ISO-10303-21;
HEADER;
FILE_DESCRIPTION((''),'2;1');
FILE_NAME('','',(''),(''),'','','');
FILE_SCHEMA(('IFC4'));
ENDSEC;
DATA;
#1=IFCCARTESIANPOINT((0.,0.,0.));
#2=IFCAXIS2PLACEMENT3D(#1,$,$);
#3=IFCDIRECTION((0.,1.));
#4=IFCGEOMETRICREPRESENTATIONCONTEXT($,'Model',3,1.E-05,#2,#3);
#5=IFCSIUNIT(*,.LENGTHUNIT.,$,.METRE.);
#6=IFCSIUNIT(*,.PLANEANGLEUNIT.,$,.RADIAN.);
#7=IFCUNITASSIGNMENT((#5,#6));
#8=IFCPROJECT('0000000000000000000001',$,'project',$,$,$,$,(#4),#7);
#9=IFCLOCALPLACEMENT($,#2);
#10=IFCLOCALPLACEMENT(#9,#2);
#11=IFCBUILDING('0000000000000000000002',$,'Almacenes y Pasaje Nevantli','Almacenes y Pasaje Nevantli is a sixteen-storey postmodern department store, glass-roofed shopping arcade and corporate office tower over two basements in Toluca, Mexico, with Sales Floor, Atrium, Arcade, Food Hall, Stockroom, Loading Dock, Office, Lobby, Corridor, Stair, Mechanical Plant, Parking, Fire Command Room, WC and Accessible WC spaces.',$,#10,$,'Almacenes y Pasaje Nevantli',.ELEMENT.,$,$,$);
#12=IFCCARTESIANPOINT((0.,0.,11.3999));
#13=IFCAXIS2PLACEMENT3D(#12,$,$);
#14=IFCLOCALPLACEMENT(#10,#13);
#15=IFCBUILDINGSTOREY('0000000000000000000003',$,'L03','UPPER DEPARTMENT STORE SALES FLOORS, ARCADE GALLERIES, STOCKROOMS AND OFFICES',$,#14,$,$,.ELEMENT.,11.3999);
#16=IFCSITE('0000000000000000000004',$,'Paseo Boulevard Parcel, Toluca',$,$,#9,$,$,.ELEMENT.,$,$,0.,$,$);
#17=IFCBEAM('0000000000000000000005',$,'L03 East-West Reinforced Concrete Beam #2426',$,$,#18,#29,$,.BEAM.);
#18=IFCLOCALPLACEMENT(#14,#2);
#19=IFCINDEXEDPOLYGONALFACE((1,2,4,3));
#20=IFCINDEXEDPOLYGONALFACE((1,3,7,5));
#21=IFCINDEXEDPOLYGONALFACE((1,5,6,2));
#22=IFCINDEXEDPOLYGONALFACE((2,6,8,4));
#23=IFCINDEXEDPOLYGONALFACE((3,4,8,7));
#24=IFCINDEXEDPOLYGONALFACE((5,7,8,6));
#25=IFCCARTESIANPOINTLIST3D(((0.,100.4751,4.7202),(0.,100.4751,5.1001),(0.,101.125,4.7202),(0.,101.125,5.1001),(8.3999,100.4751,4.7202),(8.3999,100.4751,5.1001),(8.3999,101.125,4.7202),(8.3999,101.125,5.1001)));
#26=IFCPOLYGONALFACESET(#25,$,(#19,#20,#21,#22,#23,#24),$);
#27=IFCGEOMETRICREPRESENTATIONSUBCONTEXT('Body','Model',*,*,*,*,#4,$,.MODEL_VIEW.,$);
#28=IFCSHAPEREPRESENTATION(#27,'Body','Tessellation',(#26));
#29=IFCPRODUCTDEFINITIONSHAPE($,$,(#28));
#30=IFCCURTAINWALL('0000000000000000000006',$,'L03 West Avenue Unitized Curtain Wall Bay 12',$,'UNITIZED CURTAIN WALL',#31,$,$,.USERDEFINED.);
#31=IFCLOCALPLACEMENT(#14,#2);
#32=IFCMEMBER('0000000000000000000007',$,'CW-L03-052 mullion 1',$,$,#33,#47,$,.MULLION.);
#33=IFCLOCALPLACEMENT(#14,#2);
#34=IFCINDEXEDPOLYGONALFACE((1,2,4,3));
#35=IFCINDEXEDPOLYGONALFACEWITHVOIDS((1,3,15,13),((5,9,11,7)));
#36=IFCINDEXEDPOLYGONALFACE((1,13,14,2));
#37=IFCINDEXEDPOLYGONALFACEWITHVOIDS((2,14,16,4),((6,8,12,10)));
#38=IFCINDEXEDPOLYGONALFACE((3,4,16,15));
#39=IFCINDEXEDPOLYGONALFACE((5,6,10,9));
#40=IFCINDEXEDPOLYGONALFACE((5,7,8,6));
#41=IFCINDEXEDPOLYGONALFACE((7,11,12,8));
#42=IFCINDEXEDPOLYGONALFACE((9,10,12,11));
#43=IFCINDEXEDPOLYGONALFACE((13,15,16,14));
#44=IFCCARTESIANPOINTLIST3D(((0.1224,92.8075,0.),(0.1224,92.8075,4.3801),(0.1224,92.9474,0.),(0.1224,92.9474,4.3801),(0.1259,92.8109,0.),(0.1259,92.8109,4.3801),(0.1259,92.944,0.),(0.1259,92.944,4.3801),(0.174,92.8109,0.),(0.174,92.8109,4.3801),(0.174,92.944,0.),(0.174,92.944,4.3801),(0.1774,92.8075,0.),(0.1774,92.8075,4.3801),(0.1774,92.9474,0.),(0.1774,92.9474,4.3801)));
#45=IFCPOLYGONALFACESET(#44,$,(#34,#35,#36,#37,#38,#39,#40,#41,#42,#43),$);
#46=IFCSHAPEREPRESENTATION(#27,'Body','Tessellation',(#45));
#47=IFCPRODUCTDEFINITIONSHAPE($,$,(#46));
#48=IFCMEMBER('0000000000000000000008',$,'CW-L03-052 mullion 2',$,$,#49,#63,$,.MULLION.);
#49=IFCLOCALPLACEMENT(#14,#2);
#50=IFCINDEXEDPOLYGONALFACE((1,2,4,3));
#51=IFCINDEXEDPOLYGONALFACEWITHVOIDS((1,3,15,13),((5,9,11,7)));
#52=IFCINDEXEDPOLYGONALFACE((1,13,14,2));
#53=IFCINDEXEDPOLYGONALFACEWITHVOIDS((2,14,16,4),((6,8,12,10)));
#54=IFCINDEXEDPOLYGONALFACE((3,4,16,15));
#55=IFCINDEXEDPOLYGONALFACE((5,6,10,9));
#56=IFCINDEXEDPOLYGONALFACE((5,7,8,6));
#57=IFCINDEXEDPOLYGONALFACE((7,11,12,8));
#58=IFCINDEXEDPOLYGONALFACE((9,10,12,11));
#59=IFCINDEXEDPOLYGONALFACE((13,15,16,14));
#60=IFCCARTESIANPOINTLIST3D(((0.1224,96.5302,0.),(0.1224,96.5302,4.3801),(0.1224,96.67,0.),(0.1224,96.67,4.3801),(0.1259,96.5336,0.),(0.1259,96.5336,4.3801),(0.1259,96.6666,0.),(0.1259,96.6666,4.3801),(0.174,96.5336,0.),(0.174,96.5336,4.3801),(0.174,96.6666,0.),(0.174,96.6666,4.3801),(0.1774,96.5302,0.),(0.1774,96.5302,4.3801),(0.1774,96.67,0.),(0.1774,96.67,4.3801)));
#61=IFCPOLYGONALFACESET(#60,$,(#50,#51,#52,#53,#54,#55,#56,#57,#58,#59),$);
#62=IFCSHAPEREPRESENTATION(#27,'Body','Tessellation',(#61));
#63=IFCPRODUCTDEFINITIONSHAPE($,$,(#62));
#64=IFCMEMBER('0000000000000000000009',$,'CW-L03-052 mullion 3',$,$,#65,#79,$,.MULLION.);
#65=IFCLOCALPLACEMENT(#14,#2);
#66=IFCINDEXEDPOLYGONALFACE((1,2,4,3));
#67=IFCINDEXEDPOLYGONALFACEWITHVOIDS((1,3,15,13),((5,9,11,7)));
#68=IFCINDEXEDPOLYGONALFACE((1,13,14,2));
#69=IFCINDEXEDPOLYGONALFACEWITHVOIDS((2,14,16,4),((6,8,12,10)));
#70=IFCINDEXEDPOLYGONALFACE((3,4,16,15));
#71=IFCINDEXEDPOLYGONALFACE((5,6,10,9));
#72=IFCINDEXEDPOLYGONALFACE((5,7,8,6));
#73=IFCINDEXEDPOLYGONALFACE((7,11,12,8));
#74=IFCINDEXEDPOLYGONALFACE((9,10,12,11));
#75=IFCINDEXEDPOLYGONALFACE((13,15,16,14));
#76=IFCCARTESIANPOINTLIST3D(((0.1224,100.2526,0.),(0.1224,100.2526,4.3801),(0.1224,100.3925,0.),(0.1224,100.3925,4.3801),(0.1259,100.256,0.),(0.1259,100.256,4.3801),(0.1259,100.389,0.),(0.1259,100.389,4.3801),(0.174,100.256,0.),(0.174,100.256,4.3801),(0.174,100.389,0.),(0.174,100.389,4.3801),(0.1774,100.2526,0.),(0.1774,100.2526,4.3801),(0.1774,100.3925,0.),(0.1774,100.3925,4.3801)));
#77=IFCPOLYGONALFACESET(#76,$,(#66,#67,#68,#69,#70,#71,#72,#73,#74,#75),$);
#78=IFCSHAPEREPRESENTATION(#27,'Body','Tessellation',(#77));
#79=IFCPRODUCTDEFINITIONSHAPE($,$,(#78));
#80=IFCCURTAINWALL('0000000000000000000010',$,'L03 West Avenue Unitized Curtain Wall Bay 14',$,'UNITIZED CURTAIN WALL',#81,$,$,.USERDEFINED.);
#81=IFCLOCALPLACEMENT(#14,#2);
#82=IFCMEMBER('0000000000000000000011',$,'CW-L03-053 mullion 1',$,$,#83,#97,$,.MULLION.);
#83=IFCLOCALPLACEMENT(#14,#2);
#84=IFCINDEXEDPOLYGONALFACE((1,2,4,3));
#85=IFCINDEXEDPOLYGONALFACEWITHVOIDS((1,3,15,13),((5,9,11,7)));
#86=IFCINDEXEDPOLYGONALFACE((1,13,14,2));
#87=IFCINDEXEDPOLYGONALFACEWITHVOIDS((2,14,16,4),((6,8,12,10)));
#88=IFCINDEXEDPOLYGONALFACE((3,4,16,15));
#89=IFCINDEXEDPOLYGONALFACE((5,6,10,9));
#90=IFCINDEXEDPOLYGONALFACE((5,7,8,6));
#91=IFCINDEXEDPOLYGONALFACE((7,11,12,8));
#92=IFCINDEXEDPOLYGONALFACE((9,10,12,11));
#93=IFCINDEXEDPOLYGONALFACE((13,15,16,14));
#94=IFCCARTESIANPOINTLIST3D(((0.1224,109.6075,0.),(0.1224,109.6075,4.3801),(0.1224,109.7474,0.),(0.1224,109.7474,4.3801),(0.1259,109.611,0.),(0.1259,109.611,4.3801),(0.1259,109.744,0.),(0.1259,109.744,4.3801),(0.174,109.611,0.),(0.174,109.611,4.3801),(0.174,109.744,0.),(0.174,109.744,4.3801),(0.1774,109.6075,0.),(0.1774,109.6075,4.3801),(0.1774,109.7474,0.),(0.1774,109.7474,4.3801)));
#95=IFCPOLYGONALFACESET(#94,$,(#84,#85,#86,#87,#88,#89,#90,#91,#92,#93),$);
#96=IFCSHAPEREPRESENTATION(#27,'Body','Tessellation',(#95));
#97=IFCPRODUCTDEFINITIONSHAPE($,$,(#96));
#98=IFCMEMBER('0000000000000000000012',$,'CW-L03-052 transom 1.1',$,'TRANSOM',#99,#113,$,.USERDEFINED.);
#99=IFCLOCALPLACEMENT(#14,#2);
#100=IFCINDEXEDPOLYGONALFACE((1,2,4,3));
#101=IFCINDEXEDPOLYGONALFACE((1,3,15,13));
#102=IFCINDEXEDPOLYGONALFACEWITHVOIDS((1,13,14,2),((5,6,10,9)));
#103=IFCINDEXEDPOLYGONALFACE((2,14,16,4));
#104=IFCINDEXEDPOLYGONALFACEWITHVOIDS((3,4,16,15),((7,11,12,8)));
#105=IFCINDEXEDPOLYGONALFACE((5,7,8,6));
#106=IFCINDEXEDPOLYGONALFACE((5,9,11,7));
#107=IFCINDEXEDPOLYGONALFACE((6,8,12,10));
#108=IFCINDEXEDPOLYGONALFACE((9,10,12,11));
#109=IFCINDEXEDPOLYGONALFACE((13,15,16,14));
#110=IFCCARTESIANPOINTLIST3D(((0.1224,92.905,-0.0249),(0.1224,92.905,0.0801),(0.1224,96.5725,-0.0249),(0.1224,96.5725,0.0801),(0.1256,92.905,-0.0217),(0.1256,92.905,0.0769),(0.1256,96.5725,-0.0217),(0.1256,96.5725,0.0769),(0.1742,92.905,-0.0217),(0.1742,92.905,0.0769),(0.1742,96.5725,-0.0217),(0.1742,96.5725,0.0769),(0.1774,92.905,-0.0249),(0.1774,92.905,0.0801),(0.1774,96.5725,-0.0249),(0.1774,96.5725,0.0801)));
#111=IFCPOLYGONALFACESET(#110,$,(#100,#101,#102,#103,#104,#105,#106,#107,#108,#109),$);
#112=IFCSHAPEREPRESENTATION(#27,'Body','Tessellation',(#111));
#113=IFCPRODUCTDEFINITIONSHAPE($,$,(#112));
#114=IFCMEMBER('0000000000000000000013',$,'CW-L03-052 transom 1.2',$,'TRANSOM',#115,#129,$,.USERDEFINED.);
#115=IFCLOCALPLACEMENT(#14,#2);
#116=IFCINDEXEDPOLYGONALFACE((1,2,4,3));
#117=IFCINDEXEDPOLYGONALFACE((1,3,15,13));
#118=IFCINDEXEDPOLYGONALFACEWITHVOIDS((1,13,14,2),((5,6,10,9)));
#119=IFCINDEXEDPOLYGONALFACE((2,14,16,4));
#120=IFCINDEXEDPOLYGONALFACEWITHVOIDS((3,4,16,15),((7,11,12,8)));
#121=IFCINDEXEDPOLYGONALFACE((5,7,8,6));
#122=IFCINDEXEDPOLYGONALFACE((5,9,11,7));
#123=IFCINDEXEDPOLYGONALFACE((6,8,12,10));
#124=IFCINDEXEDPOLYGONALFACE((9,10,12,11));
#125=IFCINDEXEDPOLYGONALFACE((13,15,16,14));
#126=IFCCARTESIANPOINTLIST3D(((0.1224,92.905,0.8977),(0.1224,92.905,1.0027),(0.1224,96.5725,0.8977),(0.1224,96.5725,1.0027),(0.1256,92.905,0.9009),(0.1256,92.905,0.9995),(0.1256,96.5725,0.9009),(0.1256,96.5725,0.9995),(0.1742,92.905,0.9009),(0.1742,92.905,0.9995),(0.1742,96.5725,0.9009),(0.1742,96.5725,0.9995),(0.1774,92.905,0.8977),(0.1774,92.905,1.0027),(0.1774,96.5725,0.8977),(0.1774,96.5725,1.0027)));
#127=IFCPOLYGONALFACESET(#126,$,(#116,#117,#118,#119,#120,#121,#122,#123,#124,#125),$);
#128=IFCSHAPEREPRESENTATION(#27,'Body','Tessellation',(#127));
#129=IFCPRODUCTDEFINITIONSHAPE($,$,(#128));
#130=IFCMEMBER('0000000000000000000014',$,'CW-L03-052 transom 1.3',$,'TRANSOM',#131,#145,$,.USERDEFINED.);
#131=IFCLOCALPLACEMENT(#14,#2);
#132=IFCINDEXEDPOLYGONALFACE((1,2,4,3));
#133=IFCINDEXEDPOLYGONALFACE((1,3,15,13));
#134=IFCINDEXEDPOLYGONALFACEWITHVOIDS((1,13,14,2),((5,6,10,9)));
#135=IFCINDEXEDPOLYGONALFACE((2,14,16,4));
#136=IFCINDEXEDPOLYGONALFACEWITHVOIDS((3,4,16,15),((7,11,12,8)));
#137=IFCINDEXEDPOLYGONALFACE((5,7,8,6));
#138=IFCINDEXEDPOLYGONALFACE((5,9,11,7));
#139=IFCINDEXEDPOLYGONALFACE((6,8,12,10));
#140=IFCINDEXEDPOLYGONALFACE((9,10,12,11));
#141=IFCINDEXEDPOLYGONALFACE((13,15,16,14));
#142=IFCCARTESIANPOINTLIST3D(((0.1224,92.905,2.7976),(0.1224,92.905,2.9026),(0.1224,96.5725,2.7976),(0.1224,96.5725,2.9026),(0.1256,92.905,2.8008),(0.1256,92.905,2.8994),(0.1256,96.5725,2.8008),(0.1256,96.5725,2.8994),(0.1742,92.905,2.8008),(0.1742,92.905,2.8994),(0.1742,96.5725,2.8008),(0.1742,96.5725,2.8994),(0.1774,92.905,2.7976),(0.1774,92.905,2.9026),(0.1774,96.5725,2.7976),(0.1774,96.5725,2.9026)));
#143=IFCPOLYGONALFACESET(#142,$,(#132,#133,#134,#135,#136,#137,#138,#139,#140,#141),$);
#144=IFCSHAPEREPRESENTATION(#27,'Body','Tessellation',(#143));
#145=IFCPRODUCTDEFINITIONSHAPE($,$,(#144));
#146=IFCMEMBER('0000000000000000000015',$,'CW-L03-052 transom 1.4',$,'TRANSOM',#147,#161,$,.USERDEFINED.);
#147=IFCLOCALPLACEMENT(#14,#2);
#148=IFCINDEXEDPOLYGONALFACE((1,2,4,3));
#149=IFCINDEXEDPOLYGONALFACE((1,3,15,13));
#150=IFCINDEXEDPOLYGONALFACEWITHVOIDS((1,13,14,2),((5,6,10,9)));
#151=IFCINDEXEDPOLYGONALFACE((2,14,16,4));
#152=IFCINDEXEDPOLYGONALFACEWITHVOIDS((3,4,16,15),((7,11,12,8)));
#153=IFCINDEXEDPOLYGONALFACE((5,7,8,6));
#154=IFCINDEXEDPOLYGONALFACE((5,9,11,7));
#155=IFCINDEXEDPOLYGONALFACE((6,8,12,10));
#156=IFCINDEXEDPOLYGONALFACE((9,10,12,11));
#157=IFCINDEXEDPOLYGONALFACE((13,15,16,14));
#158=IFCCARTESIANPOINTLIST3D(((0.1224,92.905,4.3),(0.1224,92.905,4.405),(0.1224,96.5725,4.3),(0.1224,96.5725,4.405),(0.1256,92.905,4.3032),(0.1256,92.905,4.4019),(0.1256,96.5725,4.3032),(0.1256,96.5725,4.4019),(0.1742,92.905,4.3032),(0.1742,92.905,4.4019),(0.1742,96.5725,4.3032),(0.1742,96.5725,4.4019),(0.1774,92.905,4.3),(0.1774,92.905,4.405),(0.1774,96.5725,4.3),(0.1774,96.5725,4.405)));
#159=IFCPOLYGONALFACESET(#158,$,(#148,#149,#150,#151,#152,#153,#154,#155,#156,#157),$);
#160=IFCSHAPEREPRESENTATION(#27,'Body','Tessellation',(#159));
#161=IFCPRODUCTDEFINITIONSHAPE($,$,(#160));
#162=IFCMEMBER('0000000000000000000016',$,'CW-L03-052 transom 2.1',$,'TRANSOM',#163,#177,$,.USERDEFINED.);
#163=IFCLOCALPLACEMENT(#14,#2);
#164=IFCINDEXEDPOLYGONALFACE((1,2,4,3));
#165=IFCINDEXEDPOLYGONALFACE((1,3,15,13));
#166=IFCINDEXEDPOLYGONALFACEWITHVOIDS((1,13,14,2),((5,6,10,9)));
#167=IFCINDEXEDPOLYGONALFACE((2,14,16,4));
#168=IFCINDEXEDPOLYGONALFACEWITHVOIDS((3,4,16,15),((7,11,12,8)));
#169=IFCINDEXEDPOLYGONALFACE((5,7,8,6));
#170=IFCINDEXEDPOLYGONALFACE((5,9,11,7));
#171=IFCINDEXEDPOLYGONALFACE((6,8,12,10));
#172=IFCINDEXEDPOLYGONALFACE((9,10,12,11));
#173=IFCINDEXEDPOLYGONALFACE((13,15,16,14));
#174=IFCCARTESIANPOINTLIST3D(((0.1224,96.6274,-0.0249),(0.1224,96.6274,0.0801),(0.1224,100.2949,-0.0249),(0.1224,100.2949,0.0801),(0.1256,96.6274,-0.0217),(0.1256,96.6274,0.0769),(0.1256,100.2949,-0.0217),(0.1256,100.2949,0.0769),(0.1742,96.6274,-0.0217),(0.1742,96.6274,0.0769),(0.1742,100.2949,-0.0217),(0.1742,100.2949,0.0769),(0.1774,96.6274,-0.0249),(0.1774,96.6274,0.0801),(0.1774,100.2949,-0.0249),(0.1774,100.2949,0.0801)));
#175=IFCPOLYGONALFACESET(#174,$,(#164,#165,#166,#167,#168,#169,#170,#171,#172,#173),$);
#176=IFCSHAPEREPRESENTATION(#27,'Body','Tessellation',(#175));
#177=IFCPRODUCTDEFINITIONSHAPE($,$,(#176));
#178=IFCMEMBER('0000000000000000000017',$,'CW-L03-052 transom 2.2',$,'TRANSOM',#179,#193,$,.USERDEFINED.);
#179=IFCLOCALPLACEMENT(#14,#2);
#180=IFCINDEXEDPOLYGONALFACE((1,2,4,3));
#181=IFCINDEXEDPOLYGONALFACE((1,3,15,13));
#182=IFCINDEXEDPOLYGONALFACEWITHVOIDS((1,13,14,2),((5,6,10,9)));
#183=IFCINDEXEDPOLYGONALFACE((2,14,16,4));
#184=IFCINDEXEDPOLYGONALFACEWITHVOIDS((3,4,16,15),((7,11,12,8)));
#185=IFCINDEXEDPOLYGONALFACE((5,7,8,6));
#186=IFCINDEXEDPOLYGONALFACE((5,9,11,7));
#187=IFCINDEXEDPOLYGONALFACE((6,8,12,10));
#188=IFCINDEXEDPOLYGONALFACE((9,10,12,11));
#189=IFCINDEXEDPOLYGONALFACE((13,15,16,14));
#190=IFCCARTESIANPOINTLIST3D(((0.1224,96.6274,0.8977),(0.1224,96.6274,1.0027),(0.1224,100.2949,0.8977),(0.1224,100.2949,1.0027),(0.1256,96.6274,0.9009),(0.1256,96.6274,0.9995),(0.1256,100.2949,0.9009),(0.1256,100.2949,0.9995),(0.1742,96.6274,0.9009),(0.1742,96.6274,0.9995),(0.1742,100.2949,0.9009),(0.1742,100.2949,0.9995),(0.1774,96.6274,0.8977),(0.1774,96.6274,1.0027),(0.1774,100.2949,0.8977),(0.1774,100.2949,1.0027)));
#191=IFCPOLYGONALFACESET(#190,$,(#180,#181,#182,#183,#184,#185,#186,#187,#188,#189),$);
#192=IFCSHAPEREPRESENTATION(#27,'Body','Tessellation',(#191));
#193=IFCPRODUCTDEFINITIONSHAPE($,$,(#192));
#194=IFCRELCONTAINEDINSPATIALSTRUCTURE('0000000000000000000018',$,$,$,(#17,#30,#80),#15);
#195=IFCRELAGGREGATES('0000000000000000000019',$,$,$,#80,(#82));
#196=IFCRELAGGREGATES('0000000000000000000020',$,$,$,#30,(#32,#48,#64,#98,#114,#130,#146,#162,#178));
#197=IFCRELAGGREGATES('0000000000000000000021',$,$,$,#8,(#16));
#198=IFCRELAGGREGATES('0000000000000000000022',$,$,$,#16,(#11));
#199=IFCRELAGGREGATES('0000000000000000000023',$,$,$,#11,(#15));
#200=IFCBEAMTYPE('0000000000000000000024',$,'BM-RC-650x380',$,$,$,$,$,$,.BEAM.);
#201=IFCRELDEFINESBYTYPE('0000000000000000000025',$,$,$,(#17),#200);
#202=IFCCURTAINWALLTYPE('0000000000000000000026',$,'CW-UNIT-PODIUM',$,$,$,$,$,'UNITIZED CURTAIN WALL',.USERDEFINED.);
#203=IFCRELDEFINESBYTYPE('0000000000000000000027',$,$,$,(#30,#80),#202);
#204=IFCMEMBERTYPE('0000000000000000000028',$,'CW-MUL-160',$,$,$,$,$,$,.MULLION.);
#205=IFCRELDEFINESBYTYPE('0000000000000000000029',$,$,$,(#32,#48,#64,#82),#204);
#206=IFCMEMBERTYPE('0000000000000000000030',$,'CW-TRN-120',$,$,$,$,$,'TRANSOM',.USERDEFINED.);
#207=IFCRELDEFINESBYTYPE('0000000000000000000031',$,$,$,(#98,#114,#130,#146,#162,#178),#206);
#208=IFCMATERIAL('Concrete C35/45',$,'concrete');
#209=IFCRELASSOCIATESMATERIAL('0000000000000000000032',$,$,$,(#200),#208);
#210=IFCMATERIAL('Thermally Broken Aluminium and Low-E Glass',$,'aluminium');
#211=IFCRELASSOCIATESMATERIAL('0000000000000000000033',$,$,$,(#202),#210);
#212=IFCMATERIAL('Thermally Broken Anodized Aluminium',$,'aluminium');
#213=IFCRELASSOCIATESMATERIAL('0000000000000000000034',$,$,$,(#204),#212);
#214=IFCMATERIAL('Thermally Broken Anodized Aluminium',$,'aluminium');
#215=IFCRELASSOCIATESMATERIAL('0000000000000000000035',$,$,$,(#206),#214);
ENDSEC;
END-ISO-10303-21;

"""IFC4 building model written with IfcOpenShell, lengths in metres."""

from ifc_helpers import new_model, si_unit, direction, frame, origin, origin_2d, place, context, subcontext, project, spatial, rectangle, hollow_rectangle, extrude, material, material_profile, profile_set, type_object, element, aggregate, save


model = new_model("IFC4")

# Units and contexts
model_context = context("Model", 3, precision=1e-05, world=origin(), true_north=direction((0.0, 1.0)))
body_context = subcontext(model_context, "Body", "Model", "MODEL_VIEW")
ifc_project = project(units=[si_unit("LENGTHUNIT", "METRE"), si_unit("PLANEANGLEUNIT", "RADIAN")], contexts=[model_context])

# Site, building, storey
site_placement = place(None, origin())
site = spatial("IfcSite", under=ifc_project, at=site_placement, Name="Paseo Boulevard Parcel, Toluca", CompositionType="ELEMENT", RefElevation=0.0)
building_placement = place(site_placement, origin())
building = spatial("IfcBuilding", under=site, at=building_placement, Name="Almacenes y Pasaje Nevantli", Description="Almacenes y Pasaje Nevantli is a sixteen-storey postmodern department store, glass-roofed shopping arcade and corporate office tower over two basements in Toluca, Mexico, with Sales Floor, Atrium, Arcade, Food Hall, Stockroom, Loading Dock, Office, Lobby, Corridor, Stair, Mechanical Plant, Parking, Fire Command Room, WC and Accessible WC spaces.", LongName="Almacenes y Pasaje Nevantli", CompositionType="ELEMENT")
storey_placement = place(building_placement, frame((0.0, 0.0, 11.3999)))
storey = spatial("IfcBuildingStorey", under=building, at=storey_placement, Name="L03", Description="UPPER DEPARTMENT STORE SALES FLOORS, ARCADE GALLERIES, STOCKROOMS AND OFFICES", CompositionType="ELEMENT", Elevation=11.3999)

# Beam
ifc_material_1 = material(Name="Concrete C35/45", Category="concrete")
ifc_material_profile_1 = material_profile(ifc_material_1, rectangle(XDim=0.6499, YDim=0.3799, at=origin_2d()), Name="RC-BM-650x380")
ifc_profile_set_1 = profile_set([ifc_material_profile_1], Name="Concrete C35/45")
beam_type_1 = type_object("IfcBeamType", Name="BM-RC-650x380", PredefinedType="BEAM", material=ifc_profile_set_1)
beam_1_placement = place(storey_placement, frame((0.0, 100.8, 4.9102), z_axis=(1.0, 0.0, 0.0), x_axis=(0.0, 1.0, 0.0)))
element("IfcBeam", 1, at=beam_1_placement, inside=storey, type_object=beam_type_1, Name="L03 East-West Reinforced Concrete Beam #2426", PredefinedType="BEAM", context=body_context, shape_type="SweptSolid", body=[
    extrude(rectangle(XDim=0.6499, YDim=0.3799, at=origin_2d()), origin(), (0.0, 0.0, 1.0), 8.3999),
])

# Curtain wall, members
ifc_material_2 = material(Name="Thermally Broken Aluminium and Low-E Glass", Category="aluminium")
curtain_wall_type = type_object("IfcCurtainWallType", Name="CW-UNIT-PODIUM", ElementType="UNITIZED CURTAIN WALL", PredefinedType="USERDEFINED", material=ifc_material_2)
curtain_wall_1_placement = place(storey_placement, origin())
curtain_wall_1 = element("IfcCurtainWall", 2, at=curtain_wall_1_placement, inside=storey, type_object=curtain_wall_type, Name="L03 West Avenue Unitized Curtain Wall Bay 12", ObjectType="UNITIZED CURTAIN WALL", PredefinedType="USERDEFINED")
ifc_material_3 = material(Name="Thermally Broken Anodized Aluminium", Category="aluminium")
ifc_material_profile_2 = material_profile(ifc_material_3, hollow_rectangle(XDim=0.0549, YDim=0.1399, WallThickness=0.0034, at=origin_2d()), Name="ALU-MUL-55x140")
ifc_profile_set_2 = profile_set([ifc_material_profile_2], Name="Thermally Broken Anodized Aluminium")
member_type_1 = type_object("IfcMemberType", Name="CW-MUL-160", PredefinedType="MULLION", material=ifc_profile_set_2)
member_1_placement = place(storey_placement, frame((0.1499, 92.8774, 0.0), z_axis=(0.0, 0.0, 1.0), x_axis=(-1.0, 0.0, 0.0)))
member_1 = element("IfcMember", 3, at=member_1_placement, type_object=member_type_1, Name="CW-L03-052 mullion 1", PredefinedType="MULLION", context=body_context, shape_type="SweptSolid", body=[
    extrude(hollow_rectangle(XDim=0.0549, YDim=0.1399, WallThickness=0.0034, at=origin_2d()), origin(), (0.0, 0.0, 1.0), 4.3801),
])
member_2_placement = place(storey_placement, frame((0.1499, 96.6001, 0.0), z_axis=(0.0, 0.0, 1.0), x_axis=(-1.0, 0.0, 0.0)))
member_2 = element("IfcMember", 4, at=member_2_placement, type_object=member_type_1, Name="CW-L03-052 mullion 2", PredefinedType="MULLION", context=body_context, shape_type="SweptSolid", body=[
    extrude(hollow_rectangle(XDim=0.0549, YDim=0.1399, WallThickness=0.0034, at=origin_2d()), origin(), (0.0, 0.0, 1.0), 4.3801),
])
member_3_placement = place(storey_placement, frame((0.1499, 100.3225, 0.0), z_axis=(0.0, 0.0, 1.0), x_axis=(-1.0, 0.0, 0.0)))
member_3 = element("IfcMember", 5, at=member_3_placement, type_object=member_type_1, Name="CW-L03-052 mullion 3", PredefinedType="MULLION", context=body_context, shape_type="SweptSolid", body=[
    extrude(hollow_rectangle(XDim=0.0549, YDim=0.1399, WallThickness=0.0034, at=origin_2d()), origin(), (0.0, 0.0, 1.0), 4.3801),
])

# Curtain wall, member
curtain_wall_2_placement = place(storey_placement, origin())
curtain_wall_2 = element("IfcCurtainWall", 6, at=curtain_wall_2_placement, inside=storey, type_object=curtain_wall_type, Name="L03 West Avenue Unitized Curtain Wall Bay 14", ObjectType="UNITIZED CURTAIN WALL", PredefinedType="USERDEFINED")
member_4_placement = place(storey_placement, frame((0.1499, 109.6775, 0.0), z_axis=(0.0, 0.0, 1.0), x_axis=(-1.0, 0.0, 0.0)))
member_4 = element("IfcMember", 7, at=member_4_placement, type_object=member_type_1, Name="CW-L03-053 mullion 1", PredefinedType="MULLION", context=body_context, shape_type="SweptSolid", body=[
    extrude(hollow_rectangle(XDim=0.0549, YDim=0.1399, WallThickness=0.0034, at=origin_2d()), origin(), (0.0, 0.0, 1.0), 4.3801),
])

# Members
ifc_material_4 = material(Name="Thermally Broken Anodized Aluminium", Category="aluminium")
ifc_material_profile_3 = material_profile(ifc_material_4, hollow_rectangle(XDim=0.0549, YDim=0.105, WallThickness=0.0032, at=origin_2d()), Name="ALU-TRN-55x105")
ifc_profile_set_3 = profile_set([ifc_material_profile_3], Name="Thermally Broken Anodized Aluminium")
member_type_2 = type_object("IfcMemberType", Name="CW-TRN-120", ElementType="TRANSOM", PredefinedType="USERDEFINED", material=ifc_profile_set_3)
member_5_placement = place(storey_placement, frame((0.1499, 92.905, 0.0276), z_axis=(0.0, 1.0, 0.0), x_axis=(-1.0, 0.0, 0.0)))
member_5 = element("IfcMember", 8, at=member_5_placement, type_object=member_type_2, Name="CW-L03-052 transom 1.1", ObjectType="TRANSOM", PredefinedType="USERDEFINED", context=body_context, shape_type="SweptSolid", body=[
    extrude(hollow_rectangle(XDim=0.0549, YDim=0.105, WallThickness=0.0032, at=origin_2d()), origin(), (0.0, 0.0, 1.0), 3.6675),
])
member_6_placement = place(storey_placement, frame((0.1499, 92.905, 0.9502), z_axis=(0.0, 1.0, 0.0), x_axis=(-1.0, 0.0, 0.0)))
member_6 = element("IfcMember", 9, at=member_6_placement, type_object=member_type_2, Name="CW-L03-052 transom 1.2", ObjectType="TRANSOM", PredefinedType="USERDEFINED", context=body_context, shape_type="SweptSolid", body=[
    extrude(hollow_rectangle(XDim=0.0549, YDim=0.105, WallThickness=0.0032, at=origin_2d()), origin(), (0.0, 0.0, 1.0), 3.6675),
])
member_7_placement = place(storey_placement, frame((0.1499, 92.905, 2.8501), z_axis=(0.0, 1.0, 0.0), x_axis=(-1.0, 0.0, 0.0)))
member_7 = element("IfcMember", 10, at=member_7_placement, type_object=member_type_2, Name="CW-L03-052 transom 1.3", ObjectType="TRANSOM", PredefinedType="USERDEFINED", context=body_context, shape_type="SweptSolid", body=[
    extrude(hollow_rectangle(XDim=0.0549, YDim=0.105, WallThickness=0.0032, at=origin_2d()), origin(), (0.0, 0.0, 1.0), 3.6675),
])
member_8_placement = place(storey_placement, frame((0.1499, 92.905, 4.3525), z_axis=(0.0, 1.0, 0.0), x_axis=(-1.0, 0.0, 0.0)))
member_8 = element("IfcMember", 11, at=member_8_placement, type_object=member_type_2, Name="CW-L03-052 transom 1.4", ObjectType="TRANSOM", PredefinedType="USERDEFINED", context=body_context, shape_type="SweptSolid", body=[
    extrude(hollow_rectangle(XDim=0.0549, YDim=0.105, WallThickness=0.0032, at=origin_2d()), origin(), (0.0, 0.0, 1.0), 3.6675),
])
member_9_placement = place(storey_placement, frame((0.1499, 96.6274, 0.0276), z_axis=(0.0, 1.0, 0.0), x_axis=(-1.0, 0.0, 0.0)))
member_9 = element("IfcMember", 12, at=member_9_placement, type_object=member_type_2, Name="CW-L03-052 transom 2.1", ObjectType="TRANSOM", PredefinedType="USERDEFINED", context=body_context, shape_type="SweptSolid", body=[
    extrude(hollow_rectangle(XDim=0.0549, YDim=0.105, WallThickness=0.0032, at=origin_2d()), origin(), (0.0, 0.0, 1.0), 3.6675),
])
member_10_placement = place(storey_placement, frame((0.1499, 96.6274, 0.9502), z_axis=(0.0, 1.0, 0.0), x_axis=(-1.0, 0.0, 0.0)))
member_10 = element("IfcMember", 13, at=member_10_placement, type_object=member_type_2, Name="CW-L03-052 transom 2.2", ObjectType="TRANSOM", PredefinedType="USERDEFINED", context=body_context, shape_type="SweptSolid", body=[
    extrude(hollow_rectangle(XDim=0.0549, YDim=0.105, WallThickness=0.0032, at=origin_2d()), origin(), (0.0, 0.0, 1.0), 3.6675),
])
aggregate(curtain_wall_2, [member_4])

aggregate(curtain_wall_1, [member_1, member_2, member_3, member_5, member_6, member_7, member_8, member_9, member_10])

save(model, "model.ifc")
